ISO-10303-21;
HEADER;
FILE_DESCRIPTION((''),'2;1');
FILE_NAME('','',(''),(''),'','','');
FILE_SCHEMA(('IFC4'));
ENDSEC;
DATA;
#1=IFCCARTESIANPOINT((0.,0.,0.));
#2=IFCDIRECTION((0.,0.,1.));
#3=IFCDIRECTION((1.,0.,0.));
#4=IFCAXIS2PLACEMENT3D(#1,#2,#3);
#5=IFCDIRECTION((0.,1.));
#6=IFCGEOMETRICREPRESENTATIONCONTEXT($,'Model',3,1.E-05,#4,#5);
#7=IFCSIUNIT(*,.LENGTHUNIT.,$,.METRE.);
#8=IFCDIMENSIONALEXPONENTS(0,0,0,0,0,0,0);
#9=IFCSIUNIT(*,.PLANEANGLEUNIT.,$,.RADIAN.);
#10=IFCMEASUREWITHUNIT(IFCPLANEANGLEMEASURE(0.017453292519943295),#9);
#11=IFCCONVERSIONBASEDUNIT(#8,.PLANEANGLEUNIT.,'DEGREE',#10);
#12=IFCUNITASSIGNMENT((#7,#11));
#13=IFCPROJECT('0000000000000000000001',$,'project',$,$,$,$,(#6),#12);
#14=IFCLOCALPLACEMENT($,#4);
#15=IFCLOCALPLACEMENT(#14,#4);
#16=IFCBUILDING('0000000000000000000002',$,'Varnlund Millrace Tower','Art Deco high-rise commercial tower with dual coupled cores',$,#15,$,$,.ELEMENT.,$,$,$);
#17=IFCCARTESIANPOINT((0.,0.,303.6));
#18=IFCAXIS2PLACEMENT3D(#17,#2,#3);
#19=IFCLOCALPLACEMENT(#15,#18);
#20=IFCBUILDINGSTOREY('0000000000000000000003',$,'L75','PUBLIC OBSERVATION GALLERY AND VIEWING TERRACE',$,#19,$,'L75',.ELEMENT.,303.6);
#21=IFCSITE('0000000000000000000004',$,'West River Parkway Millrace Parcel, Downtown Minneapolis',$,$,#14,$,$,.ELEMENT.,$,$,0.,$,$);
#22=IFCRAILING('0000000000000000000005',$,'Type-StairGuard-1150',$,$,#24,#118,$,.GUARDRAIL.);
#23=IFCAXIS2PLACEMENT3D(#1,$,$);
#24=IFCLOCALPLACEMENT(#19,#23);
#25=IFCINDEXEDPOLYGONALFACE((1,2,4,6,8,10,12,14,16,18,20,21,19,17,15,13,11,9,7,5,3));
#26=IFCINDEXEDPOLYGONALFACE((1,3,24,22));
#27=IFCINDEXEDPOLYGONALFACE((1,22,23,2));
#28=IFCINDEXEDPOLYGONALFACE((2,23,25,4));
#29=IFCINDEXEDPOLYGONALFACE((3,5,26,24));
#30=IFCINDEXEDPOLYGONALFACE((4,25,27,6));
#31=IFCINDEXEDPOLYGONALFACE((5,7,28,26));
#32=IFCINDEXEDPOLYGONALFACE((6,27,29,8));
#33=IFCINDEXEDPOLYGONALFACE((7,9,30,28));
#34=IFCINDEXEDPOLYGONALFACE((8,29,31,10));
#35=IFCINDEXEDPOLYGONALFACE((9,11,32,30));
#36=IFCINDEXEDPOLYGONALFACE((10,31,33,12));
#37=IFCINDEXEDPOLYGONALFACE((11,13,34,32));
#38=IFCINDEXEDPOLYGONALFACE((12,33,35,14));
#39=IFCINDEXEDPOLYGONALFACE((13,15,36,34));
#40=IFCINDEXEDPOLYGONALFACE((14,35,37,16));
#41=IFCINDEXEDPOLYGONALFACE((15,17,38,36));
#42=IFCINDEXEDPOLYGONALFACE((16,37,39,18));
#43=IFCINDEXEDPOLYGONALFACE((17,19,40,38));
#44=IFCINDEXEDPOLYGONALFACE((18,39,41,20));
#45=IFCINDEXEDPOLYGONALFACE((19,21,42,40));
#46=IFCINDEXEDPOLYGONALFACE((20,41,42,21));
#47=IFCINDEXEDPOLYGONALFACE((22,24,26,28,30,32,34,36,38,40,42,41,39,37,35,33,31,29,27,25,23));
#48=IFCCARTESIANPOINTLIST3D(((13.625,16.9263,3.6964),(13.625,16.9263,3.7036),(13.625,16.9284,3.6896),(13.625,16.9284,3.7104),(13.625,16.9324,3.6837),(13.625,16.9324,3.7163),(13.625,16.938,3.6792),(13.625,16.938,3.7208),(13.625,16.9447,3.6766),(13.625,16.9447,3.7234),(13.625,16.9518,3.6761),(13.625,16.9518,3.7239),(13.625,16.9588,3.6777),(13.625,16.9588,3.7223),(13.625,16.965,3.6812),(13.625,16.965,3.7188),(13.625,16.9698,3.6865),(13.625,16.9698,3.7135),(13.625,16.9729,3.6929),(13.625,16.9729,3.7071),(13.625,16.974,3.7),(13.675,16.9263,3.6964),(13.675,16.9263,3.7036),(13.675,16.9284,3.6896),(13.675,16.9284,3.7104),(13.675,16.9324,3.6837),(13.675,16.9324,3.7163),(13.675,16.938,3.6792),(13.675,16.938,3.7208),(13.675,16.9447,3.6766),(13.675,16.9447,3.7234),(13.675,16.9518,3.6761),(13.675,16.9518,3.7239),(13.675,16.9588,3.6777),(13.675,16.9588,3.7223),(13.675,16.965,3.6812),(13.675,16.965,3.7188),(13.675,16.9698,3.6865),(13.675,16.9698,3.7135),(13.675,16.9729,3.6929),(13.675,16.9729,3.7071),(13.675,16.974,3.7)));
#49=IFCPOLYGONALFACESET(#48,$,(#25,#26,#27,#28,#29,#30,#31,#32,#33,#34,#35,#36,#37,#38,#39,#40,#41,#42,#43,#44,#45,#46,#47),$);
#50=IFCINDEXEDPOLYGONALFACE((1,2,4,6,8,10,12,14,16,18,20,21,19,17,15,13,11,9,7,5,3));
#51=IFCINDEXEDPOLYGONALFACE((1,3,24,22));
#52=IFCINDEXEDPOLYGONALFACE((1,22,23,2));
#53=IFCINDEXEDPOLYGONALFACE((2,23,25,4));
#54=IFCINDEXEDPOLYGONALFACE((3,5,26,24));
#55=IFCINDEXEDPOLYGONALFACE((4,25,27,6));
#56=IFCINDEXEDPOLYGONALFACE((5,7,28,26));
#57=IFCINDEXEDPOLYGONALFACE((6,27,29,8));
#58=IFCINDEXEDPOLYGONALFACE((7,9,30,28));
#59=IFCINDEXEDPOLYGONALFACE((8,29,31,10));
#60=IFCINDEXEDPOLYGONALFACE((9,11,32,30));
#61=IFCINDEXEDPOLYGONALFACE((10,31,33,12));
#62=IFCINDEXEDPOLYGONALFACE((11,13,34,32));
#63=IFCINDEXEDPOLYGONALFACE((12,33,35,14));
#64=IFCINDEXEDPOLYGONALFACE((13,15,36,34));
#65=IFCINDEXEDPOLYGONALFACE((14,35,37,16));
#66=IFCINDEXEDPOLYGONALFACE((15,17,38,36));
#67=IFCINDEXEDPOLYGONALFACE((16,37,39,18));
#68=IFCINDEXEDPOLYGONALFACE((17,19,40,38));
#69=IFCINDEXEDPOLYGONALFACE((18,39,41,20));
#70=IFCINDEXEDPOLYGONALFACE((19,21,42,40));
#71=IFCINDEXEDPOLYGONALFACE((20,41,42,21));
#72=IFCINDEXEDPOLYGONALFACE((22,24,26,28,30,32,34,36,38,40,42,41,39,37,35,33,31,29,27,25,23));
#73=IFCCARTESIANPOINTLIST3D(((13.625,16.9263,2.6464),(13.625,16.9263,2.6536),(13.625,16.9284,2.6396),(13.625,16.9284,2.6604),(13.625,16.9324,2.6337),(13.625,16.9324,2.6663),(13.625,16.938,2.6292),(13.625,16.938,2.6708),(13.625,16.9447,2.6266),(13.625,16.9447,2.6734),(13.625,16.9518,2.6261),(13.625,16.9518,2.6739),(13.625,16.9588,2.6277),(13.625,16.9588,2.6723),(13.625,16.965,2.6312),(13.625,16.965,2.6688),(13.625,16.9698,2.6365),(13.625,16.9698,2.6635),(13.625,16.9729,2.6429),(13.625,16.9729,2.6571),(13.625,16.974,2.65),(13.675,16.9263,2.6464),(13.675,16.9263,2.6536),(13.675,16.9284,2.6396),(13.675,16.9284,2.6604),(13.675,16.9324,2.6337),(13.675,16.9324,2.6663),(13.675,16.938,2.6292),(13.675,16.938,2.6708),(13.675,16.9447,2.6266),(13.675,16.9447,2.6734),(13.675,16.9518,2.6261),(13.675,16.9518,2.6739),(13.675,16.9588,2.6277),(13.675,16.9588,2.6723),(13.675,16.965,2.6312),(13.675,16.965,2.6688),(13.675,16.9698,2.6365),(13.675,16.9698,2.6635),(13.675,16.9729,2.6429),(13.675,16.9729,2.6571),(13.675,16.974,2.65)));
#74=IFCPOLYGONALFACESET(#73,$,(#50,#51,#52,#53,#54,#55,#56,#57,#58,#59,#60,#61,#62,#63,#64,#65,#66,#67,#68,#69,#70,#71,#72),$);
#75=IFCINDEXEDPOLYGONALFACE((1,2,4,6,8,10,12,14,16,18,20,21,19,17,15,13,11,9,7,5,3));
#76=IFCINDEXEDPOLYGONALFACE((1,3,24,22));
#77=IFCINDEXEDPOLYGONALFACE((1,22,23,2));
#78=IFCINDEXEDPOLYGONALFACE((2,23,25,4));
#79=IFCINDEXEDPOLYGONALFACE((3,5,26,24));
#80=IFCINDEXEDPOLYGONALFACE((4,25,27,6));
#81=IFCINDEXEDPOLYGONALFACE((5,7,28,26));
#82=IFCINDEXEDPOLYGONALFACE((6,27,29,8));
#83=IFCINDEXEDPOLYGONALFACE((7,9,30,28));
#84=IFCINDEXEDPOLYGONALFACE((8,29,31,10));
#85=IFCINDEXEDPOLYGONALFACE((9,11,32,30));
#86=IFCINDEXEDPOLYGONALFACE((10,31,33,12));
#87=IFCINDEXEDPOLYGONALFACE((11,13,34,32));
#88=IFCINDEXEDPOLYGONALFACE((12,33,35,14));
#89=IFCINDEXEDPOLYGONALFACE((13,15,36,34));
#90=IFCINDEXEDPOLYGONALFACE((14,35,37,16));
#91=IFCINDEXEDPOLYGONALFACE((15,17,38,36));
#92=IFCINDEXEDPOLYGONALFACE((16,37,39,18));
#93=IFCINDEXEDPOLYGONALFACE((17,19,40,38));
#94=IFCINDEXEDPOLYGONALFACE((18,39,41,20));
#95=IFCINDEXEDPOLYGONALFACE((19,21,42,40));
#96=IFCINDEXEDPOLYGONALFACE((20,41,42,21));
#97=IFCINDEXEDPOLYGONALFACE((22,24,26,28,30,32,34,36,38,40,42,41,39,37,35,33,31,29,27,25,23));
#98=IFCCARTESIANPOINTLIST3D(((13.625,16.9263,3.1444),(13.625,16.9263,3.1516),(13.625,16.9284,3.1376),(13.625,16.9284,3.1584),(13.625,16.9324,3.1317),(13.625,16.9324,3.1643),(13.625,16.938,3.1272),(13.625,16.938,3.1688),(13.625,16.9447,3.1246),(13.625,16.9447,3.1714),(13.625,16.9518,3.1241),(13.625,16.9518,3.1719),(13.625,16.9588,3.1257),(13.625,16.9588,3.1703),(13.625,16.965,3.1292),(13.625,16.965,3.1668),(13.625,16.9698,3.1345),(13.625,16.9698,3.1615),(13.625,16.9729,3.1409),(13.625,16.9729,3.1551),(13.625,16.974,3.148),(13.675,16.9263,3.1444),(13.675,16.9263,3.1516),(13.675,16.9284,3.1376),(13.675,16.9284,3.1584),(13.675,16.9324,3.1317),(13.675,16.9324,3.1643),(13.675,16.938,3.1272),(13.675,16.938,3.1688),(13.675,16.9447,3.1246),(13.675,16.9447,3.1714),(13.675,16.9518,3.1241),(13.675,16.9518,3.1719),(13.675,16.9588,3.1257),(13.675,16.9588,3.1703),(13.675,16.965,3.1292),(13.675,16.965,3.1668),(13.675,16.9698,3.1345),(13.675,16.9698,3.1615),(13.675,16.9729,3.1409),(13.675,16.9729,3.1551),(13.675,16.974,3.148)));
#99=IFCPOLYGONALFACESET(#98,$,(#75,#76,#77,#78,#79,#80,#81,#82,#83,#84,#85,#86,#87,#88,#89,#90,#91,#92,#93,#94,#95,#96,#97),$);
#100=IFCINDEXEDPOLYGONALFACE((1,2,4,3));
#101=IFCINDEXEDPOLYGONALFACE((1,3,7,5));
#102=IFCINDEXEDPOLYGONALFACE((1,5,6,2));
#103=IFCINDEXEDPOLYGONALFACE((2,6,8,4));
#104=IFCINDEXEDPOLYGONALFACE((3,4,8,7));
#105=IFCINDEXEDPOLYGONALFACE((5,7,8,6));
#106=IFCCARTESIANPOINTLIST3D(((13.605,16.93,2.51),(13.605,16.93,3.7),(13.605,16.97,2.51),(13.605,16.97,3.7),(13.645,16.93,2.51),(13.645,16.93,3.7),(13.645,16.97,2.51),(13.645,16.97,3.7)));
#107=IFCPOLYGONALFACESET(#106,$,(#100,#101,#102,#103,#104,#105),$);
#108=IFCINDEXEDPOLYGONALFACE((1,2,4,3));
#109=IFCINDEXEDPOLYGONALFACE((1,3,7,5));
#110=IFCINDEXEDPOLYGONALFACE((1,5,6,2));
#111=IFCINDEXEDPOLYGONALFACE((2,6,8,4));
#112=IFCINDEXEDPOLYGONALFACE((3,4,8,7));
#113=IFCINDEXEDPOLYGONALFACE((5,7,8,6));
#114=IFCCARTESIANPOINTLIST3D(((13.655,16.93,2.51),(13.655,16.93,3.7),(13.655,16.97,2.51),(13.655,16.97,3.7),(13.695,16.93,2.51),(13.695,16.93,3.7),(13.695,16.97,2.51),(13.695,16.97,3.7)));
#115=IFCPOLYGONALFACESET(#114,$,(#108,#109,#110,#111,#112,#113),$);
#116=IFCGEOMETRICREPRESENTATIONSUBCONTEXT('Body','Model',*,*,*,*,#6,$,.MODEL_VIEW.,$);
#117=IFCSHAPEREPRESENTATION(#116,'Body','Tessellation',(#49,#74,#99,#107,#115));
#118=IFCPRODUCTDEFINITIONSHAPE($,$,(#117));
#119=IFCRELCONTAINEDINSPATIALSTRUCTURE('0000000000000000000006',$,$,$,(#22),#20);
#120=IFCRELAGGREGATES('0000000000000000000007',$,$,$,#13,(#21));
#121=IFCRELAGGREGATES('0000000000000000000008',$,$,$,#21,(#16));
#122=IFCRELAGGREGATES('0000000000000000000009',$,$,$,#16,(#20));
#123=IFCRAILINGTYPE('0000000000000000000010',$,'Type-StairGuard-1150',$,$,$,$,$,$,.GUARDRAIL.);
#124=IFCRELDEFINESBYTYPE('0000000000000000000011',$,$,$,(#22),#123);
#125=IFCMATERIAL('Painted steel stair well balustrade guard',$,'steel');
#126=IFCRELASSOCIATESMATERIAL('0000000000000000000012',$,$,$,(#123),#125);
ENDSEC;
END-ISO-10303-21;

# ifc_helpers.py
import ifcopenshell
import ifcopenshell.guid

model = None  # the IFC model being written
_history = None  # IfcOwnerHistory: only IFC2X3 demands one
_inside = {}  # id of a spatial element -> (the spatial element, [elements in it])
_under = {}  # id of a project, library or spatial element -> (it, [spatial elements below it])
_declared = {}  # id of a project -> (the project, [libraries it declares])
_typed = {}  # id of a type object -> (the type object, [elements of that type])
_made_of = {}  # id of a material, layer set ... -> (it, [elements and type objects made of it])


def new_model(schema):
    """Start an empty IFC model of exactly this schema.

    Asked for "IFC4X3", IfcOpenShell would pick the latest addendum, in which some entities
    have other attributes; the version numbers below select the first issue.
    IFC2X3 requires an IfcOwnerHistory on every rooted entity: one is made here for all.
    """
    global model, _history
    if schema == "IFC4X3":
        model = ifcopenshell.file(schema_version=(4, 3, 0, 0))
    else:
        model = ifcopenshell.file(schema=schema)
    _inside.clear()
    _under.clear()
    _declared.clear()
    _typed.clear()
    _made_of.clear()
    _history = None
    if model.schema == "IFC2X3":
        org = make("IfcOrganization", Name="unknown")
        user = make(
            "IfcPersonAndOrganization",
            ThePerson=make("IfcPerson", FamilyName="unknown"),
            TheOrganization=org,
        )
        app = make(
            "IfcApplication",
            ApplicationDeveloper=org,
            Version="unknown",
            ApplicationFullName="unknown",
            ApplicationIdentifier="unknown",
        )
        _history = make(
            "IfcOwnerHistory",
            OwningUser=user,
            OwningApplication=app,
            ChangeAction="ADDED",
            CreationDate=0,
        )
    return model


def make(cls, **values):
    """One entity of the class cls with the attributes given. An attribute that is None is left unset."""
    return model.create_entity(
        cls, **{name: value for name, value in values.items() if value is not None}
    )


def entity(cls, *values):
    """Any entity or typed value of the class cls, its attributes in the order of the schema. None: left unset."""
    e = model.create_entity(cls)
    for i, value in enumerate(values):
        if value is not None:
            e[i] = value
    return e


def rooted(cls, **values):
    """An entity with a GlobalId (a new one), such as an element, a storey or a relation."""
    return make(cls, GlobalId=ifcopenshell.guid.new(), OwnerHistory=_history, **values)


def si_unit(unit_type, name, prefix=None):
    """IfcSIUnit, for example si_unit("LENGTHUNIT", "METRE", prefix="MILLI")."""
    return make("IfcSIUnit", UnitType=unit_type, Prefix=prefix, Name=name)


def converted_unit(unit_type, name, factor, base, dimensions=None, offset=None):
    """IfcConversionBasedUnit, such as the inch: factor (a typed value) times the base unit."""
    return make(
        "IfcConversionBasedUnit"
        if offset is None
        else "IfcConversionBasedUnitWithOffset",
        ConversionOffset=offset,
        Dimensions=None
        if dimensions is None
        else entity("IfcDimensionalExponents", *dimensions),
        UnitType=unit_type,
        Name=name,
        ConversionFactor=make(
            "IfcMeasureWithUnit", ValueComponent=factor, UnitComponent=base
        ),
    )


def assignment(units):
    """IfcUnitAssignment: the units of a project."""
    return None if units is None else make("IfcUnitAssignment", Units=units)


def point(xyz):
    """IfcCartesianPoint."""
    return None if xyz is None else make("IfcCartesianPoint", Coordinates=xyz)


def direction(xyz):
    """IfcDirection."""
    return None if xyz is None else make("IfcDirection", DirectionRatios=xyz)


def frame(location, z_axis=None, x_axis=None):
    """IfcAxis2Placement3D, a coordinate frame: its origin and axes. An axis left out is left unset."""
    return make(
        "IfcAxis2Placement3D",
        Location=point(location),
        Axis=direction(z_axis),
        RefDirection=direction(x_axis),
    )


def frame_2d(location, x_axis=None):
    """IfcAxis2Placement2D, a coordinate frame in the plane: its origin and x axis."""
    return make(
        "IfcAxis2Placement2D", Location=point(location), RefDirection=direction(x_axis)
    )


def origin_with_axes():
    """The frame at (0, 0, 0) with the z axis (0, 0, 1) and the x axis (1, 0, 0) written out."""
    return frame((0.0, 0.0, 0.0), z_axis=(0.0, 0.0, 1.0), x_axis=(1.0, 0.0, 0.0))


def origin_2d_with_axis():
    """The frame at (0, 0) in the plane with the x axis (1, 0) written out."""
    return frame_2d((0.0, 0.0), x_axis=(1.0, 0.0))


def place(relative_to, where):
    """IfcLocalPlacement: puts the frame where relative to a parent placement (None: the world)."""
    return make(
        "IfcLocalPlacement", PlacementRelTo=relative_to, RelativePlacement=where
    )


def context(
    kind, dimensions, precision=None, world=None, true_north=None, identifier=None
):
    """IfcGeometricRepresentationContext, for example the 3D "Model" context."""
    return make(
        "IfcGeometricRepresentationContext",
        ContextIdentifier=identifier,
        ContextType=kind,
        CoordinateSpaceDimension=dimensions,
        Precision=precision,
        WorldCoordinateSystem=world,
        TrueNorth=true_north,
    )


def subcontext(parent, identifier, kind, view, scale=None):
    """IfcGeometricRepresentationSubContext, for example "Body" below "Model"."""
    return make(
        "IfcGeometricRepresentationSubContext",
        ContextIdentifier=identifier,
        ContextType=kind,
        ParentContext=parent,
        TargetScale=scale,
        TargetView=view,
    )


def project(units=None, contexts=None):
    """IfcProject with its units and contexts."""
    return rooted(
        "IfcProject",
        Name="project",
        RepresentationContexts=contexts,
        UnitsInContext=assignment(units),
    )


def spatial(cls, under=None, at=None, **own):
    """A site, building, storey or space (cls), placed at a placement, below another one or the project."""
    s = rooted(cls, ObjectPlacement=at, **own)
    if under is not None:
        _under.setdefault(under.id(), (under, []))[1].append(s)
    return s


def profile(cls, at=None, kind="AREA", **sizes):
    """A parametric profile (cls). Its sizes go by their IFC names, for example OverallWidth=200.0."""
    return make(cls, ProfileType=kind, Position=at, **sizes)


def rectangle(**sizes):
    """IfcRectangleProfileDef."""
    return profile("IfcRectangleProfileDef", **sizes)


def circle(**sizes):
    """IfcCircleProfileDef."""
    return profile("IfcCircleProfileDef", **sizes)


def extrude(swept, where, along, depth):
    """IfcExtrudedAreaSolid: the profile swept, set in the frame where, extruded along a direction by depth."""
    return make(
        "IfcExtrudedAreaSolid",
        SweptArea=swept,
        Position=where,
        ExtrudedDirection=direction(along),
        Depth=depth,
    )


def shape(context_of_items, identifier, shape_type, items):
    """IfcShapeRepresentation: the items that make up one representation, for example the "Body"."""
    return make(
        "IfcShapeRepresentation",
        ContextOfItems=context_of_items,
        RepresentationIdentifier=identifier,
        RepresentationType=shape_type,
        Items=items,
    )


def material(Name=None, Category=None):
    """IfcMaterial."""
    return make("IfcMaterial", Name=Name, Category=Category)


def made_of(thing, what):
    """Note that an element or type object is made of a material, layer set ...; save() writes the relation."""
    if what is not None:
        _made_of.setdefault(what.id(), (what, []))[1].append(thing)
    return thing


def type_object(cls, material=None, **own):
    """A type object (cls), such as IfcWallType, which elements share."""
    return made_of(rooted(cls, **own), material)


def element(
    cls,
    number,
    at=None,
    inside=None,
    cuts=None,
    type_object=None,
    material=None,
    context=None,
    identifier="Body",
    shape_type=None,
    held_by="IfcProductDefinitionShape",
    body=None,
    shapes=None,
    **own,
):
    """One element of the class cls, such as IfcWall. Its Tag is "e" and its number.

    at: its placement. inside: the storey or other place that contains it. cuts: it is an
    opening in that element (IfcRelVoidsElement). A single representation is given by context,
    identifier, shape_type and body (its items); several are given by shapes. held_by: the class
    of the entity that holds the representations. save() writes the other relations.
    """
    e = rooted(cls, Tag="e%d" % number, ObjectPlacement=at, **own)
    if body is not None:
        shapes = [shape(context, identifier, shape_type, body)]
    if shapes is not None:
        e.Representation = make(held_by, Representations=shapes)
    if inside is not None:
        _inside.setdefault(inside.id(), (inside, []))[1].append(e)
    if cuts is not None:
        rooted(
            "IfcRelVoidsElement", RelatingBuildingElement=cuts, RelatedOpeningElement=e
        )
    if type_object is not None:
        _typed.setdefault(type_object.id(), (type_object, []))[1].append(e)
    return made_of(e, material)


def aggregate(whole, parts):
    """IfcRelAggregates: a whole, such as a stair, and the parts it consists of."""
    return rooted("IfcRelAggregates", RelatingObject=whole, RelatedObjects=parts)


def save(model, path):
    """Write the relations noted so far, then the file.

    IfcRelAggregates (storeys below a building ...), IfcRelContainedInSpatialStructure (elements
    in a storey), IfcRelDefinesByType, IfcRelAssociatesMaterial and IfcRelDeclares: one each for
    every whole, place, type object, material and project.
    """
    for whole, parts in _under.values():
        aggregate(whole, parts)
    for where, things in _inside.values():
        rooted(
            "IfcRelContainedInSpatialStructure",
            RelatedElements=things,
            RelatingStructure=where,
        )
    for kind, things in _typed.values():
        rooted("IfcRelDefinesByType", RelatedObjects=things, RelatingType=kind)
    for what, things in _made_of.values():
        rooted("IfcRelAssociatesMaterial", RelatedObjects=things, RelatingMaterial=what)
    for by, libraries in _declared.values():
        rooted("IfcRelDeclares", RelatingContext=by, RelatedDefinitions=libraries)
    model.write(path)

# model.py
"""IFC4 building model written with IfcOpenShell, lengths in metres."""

from ifc_helpers import new_model, entity, si_unit, converted_unit, direction, frame, origin_with_axes, origin_2d_with_axis, place, context, subcontext, project, spatial, rectangle, circle, extrude, material, type_object, element, save


model = new_model("IFC4")

# Units and contexts
model_context = context("Model", 3, precision=1e-05, world=origin_with_axes(), true_north=direction((0.0, 1.0)))
body_context = subcontext(model_context, "Body", "Model", "MODEL_VIEW")
ifc_project = project(units=[si_unit("LENGTHUNIT", "METRE"), converted_unit("PLANEANGLEUNIT", "DEGREE", entity("IfcPlaneAngleMeasure", 0.017453292519943295), si_unit("PLANEANGLEUNIT", "RADIAN"), dimensions=[0, 0, 0, 0, 0, 0, 0])], contexts=[model_context])

# Site, building, storey
site_placement = place(None, origin_with_axes())
site = spatial("IfcSite", under=ifc_project, at=site_placement, Name="West River Parkway Millrace Parcel, Downtown Minneapolis", CompositionType="ELEMENT", RefElevation=0.0)
building_placement = place(site_placement, origin_with_axes())
building = spatial("IfcBuilding", under=site, at=building_placement, Name="Varnlund Millrace Tower", Description="Art Deco high-rise commercial tower with dual coupled cores", CompositionType="ELEMENT")
storey_placement = place(building_placement, frame((0.0, 0.0, 303.6), z_axis=(0.0, 0.0, 1.0), x_axis=(1.0, 0.0, 0.0)))
storey = spatial("IfcBuildingStorey", under=building, at=storey_placement, Name="L75", Description="PUBLIC OBSERVATION GALLERY AND VIEWING TERRACE", LongName="L75", CompositionType="ELEMENT", Elevation=303.6)

# Railing
ifc_material_1 = material(Name="Painted steel stair well balustrade guard", Category="steel")
railing_type_1 = type_object("IfcRailingType", Name="Type-StairGuard-1150", PredefinedType="GUARDRAIL", material=ifc_material_1)
railing_1_placement = place(storey_placement, frame((0.0, 0.0, -303.6), z_axis=(0.0, 0.0, 1.0), x_axis=(1.0, 0.0, 0.0)))
element("IfcRailing", 1, at=railing_1_placement, inside=storey, type_object=railing_type_1, Name="Type-StairGuard-1150", PredefinedType="GUARDRAIL", context=body_context, shape_type="SweptSolid", body=[
    extrude(circle(Radius=0.024, at=origin_2d_with_axis()), frame((13.625, 16.95, 307.3), z_axis=(1.0, 0.0, 0.0), x_axis=(0.0, 1.0, 0.0)), (0.0, 0.0, 1.0), 0.05),
    extrude(circle(Radius=0.024, at=origin_2d_with_axis()), frame((13.625, 16.95, 306.25), z_axis=(1.0, 0.0, 0.0), x_axis=(0.0, 1.0, 0.0)), (0.0, 0.0, 1.0), 0.05),
    extrude(circle(Radius=0.024, at=origin_2d_with_axis()), frame((13.625, 16.95, 306.748), z_axis=(1.0, 0.0, 0.0), x_axis=(0.0, 1.0, 0.0)), (0.0, 0.0, 1.0), 0.05),
    extrude(rectangle(XDim=0.04, YDim=0.04, at=origin_2d_with_axis()), frame((13.625, 16.95, 306.11), z_axis=(0.0, 0.0, 1.0), x_axis=(1.0, 0.0, 0.0)), (0.0, 0.0, 1.0), 1.19),
    extrude(rectangle(XDim=0.04, YDim=0.04, at=origin_2d_with_axis()), frame((13.675, 16.95, 306.11), z_axis=(0.0, 0.0, 1.0), x_axis=(1.0, 0.0, 0.0)), (0.0, 0.0, 1.0), 1.19),
])

save(model, "model.ifc")
